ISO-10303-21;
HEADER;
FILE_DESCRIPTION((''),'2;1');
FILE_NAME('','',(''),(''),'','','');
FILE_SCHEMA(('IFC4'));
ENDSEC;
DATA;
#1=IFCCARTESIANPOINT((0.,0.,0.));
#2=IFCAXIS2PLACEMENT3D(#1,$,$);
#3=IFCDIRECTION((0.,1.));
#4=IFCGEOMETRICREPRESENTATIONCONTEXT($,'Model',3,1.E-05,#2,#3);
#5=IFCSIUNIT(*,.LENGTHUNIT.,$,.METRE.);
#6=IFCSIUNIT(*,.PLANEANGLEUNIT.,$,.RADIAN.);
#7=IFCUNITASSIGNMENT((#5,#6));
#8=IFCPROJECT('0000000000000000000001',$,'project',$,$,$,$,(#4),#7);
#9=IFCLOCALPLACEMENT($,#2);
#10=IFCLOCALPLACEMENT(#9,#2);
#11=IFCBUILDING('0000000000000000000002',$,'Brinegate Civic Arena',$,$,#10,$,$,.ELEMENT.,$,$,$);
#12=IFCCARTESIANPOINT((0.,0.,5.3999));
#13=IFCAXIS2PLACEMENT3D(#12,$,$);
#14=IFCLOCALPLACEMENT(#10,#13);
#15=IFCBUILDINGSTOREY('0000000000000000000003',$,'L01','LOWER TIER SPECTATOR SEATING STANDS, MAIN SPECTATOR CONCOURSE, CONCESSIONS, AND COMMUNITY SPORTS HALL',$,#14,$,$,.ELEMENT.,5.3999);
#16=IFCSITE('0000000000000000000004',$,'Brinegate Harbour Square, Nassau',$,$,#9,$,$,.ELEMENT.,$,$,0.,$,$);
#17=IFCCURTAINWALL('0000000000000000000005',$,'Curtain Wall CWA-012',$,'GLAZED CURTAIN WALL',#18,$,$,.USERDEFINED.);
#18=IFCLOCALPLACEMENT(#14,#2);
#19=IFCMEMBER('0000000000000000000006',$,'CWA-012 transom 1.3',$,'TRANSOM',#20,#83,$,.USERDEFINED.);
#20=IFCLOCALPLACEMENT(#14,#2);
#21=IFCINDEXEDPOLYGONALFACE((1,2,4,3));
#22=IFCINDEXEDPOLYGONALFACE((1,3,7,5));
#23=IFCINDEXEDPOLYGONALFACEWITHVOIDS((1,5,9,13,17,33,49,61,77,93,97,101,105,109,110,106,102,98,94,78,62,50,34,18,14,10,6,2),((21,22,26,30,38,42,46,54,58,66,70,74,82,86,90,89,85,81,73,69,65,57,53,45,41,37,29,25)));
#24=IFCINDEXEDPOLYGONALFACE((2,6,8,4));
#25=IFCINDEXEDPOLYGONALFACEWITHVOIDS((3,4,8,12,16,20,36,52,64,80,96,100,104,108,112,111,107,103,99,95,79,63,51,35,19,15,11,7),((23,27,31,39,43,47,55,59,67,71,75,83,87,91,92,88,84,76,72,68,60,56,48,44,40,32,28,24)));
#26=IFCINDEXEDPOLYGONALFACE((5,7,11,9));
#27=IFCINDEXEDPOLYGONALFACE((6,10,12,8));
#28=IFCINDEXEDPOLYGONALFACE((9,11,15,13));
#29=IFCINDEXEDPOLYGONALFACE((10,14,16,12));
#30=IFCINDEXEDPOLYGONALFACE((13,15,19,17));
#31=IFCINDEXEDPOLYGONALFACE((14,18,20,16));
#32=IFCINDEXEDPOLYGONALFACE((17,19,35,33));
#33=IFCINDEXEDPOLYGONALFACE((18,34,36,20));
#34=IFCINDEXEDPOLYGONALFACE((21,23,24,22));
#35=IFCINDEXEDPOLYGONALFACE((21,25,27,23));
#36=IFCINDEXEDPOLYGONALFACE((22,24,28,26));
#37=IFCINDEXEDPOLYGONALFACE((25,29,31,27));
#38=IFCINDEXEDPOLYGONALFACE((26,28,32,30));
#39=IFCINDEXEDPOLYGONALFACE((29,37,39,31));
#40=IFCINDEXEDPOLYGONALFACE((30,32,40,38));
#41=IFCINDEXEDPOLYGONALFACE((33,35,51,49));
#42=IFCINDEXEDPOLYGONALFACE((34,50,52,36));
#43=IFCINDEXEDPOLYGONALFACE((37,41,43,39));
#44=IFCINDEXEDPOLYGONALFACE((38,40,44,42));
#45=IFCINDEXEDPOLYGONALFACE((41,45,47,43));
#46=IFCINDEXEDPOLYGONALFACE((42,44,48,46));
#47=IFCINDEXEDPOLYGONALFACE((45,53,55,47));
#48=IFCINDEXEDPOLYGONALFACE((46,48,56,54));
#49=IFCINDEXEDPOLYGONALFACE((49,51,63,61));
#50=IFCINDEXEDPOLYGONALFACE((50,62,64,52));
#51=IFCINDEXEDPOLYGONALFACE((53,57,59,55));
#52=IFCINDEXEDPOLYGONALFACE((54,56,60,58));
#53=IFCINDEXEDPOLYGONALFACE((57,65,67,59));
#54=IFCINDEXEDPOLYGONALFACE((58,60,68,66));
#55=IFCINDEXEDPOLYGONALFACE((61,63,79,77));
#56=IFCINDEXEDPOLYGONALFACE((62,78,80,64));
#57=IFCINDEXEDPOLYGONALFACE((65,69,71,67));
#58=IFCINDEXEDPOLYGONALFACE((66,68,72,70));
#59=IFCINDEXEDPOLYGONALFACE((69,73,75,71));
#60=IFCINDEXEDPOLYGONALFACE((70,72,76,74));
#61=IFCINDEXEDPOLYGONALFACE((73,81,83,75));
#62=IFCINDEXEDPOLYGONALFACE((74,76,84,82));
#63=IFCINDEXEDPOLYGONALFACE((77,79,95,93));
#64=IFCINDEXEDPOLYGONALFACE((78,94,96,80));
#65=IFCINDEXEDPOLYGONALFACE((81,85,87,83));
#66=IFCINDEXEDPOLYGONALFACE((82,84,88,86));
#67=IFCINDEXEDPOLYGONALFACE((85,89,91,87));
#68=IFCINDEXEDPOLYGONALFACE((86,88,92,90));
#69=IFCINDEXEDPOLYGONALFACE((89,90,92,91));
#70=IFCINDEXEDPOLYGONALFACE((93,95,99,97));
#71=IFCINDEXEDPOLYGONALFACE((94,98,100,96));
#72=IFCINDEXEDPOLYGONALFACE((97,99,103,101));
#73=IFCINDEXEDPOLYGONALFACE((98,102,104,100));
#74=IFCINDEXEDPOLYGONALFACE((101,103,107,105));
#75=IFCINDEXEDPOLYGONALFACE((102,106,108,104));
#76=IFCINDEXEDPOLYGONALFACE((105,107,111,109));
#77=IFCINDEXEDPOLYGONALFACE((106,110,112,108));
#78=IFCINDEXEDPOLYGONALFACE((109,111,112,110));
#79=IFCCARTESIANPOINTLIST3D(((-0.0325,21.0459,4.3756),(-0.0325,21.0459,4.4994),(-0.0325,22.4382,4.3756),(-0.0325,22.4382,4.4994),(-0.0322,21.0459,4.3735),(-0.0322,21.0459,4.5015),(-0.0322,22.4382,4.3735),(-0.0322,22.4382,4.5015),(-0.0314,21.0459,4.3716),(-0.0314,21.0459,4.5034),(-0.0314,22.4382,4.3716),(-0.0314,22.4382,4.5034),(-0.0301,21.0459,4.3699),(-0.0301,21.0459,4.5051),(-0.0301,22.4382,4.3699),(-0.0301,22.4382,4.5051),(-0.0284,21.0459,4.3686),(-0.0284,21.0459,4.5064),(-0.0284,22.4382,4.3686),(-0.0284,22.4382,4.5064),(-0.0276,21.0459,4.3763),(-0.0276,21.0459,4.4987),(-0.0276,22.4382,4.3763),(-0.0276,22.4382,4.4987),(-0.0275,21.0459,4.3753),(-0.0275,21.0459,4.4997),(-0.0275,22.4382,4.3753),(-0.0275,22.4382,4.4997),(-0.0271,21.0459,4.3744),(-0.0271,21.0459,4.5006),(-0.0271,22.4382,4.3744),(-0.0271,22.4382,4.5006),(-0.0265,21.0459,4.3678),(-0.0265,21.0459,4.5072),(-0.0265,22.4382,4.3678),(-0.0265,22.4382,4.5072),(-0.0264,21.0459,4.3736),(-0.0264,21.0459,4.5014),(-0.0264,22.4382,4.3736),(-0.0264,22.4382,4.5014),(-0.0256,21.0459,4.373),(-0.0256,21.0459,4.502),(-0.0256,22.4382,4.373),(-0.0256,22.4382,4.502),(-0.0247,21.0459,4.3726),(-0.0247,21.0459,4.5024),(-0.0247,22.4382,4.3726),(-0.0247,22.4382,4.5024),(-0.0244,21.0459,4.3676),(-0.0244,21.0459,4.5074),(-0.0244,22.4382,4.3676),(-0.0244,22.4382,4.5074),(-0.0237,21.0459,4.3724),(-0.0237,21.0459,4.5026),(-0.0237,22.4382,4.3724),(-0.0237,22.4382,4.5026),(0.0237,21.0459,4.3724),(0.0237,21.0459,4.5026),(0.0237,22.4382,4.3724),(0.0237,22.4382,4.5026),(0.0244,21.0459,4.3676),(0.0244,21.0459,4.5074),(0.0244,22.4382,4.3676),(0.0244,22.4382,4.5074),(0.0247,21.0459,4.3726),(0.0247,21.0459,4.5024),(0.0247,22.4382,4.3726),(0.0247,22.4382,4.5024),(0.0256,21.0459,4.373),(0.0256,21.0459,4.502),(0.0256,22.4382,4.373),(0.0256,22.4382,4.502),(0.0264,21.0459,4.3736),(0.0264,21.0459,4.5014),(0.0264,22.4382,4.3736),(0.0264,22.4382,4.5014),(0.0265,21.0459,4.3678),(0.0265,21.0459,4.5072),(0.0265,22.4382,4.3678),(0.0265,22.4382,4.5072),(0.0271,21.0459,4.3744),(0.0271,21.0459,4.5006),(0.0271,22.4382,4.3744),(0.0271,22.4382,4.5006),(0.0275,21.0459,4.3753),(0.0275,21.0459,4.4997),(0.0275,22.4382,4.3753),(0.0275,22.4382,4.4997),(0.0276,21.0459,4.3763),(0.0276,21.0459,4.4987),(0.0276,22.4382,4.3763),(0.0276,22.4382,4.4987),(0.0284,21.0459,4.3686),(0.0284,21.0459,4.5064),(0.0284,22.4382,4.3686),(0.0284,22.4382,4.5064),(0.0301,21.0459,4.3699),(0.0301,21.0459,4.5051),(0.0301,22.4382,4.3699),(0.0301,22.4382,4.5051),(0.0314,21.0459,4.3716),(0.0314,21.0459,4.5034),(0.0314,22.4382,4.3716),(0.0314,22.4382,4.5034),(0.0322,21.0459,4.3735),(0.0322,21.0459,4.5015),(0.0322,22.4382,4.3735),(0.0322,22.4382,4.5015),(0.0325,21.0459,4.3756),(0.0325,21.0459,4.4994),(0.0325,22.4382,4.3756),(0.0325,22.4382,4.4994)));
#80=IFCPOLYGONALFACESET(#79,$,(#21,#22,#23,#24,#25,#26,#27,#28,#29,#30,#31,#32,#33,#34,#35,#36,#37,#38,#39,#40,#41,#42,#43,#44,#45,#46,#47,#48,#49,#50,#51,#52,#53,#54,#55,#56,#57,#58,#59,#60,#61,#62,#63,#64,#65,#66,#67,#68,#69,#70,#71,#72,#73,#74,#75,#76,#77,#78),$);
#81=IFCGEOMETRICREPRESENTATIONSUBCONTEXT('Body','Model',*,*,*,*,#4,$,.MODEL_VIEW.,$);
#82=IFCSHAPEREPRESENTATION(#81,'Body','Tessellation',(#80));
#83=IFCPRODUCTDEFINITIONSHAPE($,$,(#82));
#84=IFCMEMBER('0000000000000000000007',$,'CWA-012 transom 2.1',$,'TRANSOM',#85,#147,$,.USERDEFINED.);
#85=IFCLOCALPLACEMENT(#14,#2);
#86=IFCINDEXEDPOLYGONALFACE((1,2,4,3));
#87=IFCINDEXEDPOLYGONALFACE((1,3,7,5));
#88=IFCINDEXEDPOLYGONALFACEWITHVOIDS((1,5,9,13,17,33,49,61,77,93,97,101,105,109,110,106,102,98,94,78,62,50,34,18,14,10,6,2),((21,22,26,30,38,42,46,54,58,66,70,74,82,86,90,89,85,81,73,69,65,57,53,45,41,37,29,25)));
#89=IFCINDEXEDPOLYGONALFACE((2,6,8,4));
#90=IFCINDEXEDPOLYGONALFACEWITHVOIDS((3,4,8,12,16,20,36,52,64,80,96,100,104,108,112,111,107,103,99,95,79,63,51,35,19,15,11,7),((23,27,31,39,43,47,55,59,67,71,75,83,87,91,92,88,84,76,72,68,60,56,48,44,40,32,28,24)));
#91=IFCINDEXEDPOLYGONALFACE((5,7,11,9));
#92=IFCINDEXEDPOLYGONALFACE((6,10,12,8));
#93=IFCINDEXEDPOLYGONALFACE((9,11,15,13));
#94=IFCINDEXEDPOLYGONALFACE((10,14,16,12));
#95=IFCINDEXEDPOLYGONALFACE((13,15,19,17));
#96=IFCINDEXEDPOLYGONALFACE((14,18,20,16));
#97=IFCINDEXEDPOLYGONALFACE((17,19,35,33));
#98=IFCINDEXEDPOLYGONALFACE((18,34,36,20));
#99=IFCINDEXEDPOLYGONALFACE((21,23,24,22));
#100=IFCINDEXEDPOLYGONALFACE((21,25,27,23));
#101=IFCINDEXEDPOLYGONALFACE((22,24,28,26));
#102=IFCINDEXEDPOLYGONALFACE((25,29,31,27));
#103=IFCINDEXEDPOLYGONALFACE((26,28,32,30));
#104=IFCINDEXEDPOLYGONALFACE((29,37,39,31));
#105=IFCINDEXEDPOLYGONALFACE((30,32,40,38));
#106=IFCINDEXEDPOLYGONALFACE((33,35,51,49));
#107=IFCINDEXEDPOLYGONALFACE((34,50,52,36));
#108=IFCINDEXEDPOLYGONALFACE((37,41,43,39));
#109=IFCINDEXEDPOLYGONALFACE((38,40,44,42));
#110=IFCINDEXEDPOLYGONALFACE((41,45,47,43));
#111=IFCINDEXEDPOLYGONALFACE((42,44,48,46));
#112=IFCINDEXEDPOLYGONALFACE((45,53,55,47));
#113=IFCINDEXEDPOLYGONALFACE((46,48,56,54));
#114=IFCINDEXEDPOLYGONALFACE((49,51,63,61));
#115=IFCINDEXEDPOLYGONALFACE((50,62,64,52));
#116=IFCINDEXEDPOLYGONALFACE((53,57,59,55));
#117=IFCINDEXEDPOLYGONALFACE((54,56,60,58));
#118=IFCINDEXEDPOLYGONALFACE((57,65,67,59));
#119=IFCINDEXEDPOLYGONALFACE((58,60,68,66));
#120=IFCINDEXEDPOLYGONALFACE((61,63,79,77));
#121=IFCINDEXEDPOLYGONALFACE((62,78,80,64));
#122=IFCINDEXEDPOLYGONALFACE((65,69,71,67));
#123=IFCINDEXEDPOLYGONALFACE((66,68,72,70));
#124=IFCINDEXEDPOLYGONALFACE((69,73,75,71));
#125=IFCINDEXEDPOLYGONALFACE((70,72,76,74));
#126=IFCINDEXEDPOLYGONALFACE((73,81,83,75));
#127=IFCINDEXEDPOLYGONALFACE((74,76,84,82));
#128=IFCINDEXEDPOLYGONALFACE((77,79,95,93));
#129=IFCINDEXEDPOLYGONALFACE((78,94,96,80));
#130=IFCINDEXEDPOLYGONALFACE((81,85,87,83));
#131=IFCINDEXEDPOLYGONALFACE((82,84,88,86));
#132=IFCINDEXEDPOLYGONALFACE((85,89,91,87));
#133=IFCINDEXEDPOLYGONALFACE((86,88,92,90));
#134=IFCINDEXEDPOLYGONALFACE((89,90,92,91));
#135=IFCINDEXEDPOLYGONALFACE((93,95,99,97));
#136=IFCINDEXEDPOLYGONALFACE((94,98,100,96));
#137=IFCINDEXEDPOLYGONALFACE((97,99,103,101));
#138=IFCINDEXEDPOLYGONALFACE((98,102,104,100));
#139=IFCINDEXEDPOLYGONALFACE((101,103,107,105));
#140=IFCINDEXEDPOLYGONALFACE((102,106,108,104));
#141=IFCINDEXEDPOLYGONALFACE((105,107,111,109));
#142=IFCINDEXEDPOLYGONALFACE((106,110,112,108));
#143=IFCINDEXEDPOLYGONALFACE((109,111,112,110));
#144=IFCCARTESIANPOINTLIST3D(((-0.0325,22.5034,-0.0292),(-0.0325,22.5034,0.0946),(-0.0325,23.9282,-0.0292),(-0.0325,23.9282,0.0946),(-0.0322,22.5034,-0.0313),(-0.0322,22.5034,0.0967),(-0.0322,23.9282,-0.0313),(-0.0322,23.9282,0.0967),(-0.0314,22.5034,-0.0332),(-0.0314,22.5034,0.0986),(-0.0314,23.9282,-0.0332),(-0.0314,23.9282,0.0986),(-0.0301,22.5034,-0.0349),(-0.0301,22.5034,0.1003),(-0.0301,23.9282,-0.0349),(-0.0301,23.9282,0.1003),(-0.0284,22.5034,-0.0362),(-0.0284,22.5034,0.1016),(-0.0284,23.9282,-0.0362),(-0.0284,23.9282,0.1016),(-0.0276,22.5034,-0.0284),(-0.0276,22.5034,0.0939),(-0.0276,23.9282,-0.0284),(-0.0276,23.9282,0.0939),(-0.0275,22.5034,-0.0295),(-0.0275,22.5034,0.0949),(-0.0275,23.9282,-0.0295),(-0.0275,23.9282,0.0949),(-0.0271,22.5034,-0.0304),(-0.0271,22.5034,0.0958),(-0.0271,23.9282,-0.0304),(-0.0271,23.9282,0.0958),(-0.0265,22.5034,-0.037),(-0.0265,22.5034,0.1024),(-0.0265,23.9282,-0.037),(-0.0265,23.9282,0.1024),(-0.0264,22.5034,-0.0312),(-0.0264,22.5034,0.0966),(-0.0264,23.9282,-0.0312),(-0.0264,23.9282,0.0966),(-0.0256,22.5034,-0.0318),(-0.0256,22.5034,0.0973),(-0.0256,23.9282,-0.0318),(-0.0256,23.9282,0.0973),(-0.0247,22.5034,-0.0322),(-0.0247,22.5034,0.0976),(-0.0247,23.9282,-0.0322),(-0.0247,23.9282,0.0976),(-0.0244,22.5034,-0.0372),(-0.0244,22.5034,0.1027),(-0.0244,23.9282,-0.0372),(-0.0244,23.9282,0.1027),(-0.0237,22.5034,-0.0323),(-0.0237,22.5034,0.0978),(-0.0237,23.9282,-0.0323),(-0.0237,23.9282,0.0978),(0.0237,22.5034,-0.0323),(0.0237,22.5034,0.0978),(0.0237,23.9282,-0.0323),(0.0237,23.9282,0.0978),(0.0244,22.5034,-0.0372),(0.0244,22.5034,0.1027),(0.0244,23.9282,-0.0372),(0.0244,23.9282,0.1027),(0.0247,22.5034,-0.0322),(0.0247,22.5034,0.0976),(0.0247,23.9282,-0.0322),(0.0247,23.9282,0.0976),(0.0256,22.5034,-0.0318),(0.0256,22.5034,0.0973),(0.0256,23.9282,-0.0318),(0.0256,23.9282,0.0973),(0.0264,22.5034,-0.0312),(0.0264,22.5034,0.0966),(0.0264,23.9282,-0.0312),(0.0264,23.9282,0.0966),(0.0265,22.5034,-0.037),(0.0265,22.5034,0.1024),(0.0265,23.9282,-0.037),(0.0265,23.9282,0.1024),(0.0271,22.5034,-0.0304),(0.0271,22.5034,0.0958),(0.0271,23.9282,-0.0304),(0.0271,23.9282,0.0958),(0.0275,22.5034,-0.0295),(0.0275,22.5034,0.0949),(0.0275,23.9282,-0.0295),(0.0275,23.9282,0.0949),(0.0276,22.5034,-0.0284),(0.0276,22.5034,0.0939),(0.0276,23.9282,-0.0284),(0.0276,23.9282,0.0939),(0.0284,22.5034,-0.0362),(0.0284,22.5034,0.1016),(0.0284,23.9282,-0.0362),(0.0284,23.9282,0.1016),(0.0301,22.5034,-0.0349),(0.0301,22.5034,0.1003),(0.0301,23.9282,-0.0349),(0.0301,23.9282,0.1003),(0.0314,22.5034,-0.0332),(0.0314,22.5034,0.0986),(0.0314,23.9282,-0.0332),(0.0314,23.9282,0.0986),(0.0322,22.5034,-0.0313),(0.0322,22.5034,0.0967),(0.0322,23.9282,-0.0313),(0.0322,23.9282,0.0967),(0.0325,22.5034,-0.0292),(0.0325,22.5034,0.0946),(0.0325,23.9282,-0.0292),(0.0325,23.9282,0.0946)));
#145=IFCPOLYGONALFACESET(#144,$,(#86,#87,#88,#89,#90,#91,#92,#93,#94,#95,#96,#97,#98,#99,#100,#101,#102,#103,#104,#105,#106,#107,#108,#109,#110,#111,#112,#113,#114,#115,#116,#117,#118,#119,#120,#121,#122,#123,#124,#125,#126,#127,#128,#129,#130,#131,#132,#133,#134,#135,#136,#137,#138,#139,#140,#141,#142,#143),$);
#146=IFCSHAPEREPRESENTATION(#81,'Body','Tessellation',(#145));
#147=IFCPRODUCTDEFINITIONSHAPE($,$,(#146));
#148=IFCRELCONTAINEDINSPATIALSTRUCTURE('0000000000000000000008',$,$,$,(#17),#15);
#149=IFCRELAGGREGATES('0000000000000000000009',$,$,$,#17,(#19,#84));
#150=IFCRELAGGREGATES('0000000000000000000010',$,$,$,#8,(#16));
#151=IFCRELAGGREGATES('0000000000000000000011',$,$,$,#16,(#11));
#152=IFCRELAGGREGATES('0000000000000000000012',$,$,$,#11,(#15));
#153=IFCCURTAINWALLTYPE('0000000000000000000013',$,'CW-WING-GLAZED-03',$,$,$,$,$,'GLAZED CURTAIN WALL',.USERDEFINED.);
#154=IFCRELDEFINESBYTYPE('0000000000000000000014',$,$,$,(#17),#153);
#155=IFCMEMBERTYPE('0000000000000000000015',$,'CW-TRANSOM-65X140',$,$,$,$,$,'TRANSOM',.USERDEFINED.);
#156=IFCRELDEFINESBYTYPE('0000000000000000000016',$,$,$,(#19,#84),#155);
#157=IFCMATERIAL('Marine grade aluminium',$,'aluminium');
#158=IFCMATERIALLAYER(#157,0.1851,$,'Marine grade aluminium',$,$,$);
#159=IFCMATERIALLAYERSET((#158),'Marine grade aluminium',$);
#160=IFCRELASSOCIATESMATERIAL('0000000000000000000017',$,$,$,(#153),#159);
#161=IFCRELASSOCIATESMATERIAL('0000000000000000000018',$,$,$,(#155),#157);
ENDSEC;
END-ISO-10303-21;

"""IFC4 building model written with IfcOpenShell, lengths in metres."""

from ifc_helpers import new_model, si_unit, direction, frame, origin, origin_2d, place, context, subcontext, project, spatial, hollow_rectangle, extrude, material, layer, layer_set, material_profile, profile_set, type_object, element, aggregate, save


model = new_model("IFC4")

# Units and contexts
model_context = context("Model", 3, precision=1e-05, world=origin(), true_north=direction((0.0, 1.0)))
body_context = subcontext(model_context, "Body", "Model", "MODEL_VIEW")
ifc_project = project(units=[si_unit("LENGTHUNIT", "METRE"), si_unit("PLANEANGLEUNIT", "RADIAN")], contexts=[model_context])

# Site, building, storey
site_placement = place(None, origin())
site = spatial("IfcSite", under=ifc_project, at=site_placement, Name="Brinegate Harbour Square, Nassau", CompositionType="ELEMENT", RefElevation=0.0)
building_placement = place(site_placement, origin())
building = spatial("IfcBuilding", under=site, at=building_placement, Name="Brinegate Civic Arena", CompositionType="ELEMENT")
storey_placement = place(building_placement, frame((0.0, 0.0, 5.3999)))
storey = spatial("IfcBuildingStorey", under=building, at=storey_placement, Name="L01", Description="LOWER TIER SPECTATOR SEATING STANDS, MAIN SPECTATOR CONCOURSE, CONCESSIONS, AND COMMUNITY SPORTS HALL", CompositionType="ELEMENT", Elevation=5.3999)

# Curtain wall, members
ifc_material_1 = material(Name="Marine grade aluminium", Category="aluminium")
ifc_layer_1 = layer(ifc_material_1, 0.1851, Name="Marine grade aluminium")
ifc_layer_set_1 = layer_set([ifc_layer_1], Name="Marine grade aluminium")
curtain_wall_type = type_object("IfcCurtainWallType", Name="CW-WING-GLAZED-03", ElementType="GLAZED CURTAIN WALL", PredefinedType="USERDEFINED", material=ifc_layer_set_1)
curtain_wall_placement = place(storey_placement, origin())
curtain_wall = element("IfcCurtainWall", 1, at=curtain_wall_placement, inside=storey, type_object=curtain_wall_type, Name="Curtain Wall CWA-012", ObjectType="GLAZED CURTAIN WALL", PredefinedType="USERDEFINED")
ifc_material_profile_1 = material_profile(ifc_material_1, hollow_rectangle(XDim=0.0649, YDim=0.1399, WallThickness=0.0049, InnerFilletRadius=0.0039, OuterFilletRadius=0.0081, at=origin_2d()), Name="TRN65X140")
ifc_profile_set_1 = profile_set([ifc_material_profile_1], Name="Marine grade aluminium")
member_type_1 = type_object("IfcMemberType", Name="CW-TRANSOM-65X140", ElementType="TRANSOM", PredefinedType="USERDEFINED", material=ifc_profile_set_1)
member_1_placement = place(storey_placement, frame((0.0, 21.0459, 4.4375), z_axis=(0.0, 1.0, 0.0), x_axis=(-1.0, 0.0, 0.0)))
member_1 = element("IfcMember", 2, at=member_1_placement, type_object=member_type_1, Name="CWA-012 transom 1.3", ObjectType="TRANSOM", PredefinedType="USERDEFINED", context=body_context, shape_type="SweptSolid", body=[
    extrude(hollow_rectangle(XDim=0.0649, YDim=0.1399, WallThickness=0.0049, InnerFilletRadius=0.0039, OuterFilletRadius=0.0081, at=origin_2d()), origin(), (0.0, 0.0, 1.0), 1.3923),
])
member_2_placement = place(storey_placement, frame((0.0, 22.5034, 0.0327), z_axis=(0.0, 1.0, 0.0), x_axis=(-1.0, 0.0, 0.0)))
member_2 = element("IfcMember", 3, at=member_2_placement, type_object=member_type_1, Name="CWA-012 transom 2.1", ObjectType="TRANSOM", PredefinedType="USERDEFINED", context=body_context, shape_type="SweptSolid", body=[
    extrude(hollow_rectangle(XDim=0.0649, YDim=0.1399, WallThickness=0.0049, InnerFilletRadius=0.0039, OuterFilletRadius=0.0081, at=origin_2d()), origin(), (0.0, 0.0, 1.0), 1.4248),
])
aggregate(curtain_wall, [member_1, member_2])

save(model, "model.ifc")
